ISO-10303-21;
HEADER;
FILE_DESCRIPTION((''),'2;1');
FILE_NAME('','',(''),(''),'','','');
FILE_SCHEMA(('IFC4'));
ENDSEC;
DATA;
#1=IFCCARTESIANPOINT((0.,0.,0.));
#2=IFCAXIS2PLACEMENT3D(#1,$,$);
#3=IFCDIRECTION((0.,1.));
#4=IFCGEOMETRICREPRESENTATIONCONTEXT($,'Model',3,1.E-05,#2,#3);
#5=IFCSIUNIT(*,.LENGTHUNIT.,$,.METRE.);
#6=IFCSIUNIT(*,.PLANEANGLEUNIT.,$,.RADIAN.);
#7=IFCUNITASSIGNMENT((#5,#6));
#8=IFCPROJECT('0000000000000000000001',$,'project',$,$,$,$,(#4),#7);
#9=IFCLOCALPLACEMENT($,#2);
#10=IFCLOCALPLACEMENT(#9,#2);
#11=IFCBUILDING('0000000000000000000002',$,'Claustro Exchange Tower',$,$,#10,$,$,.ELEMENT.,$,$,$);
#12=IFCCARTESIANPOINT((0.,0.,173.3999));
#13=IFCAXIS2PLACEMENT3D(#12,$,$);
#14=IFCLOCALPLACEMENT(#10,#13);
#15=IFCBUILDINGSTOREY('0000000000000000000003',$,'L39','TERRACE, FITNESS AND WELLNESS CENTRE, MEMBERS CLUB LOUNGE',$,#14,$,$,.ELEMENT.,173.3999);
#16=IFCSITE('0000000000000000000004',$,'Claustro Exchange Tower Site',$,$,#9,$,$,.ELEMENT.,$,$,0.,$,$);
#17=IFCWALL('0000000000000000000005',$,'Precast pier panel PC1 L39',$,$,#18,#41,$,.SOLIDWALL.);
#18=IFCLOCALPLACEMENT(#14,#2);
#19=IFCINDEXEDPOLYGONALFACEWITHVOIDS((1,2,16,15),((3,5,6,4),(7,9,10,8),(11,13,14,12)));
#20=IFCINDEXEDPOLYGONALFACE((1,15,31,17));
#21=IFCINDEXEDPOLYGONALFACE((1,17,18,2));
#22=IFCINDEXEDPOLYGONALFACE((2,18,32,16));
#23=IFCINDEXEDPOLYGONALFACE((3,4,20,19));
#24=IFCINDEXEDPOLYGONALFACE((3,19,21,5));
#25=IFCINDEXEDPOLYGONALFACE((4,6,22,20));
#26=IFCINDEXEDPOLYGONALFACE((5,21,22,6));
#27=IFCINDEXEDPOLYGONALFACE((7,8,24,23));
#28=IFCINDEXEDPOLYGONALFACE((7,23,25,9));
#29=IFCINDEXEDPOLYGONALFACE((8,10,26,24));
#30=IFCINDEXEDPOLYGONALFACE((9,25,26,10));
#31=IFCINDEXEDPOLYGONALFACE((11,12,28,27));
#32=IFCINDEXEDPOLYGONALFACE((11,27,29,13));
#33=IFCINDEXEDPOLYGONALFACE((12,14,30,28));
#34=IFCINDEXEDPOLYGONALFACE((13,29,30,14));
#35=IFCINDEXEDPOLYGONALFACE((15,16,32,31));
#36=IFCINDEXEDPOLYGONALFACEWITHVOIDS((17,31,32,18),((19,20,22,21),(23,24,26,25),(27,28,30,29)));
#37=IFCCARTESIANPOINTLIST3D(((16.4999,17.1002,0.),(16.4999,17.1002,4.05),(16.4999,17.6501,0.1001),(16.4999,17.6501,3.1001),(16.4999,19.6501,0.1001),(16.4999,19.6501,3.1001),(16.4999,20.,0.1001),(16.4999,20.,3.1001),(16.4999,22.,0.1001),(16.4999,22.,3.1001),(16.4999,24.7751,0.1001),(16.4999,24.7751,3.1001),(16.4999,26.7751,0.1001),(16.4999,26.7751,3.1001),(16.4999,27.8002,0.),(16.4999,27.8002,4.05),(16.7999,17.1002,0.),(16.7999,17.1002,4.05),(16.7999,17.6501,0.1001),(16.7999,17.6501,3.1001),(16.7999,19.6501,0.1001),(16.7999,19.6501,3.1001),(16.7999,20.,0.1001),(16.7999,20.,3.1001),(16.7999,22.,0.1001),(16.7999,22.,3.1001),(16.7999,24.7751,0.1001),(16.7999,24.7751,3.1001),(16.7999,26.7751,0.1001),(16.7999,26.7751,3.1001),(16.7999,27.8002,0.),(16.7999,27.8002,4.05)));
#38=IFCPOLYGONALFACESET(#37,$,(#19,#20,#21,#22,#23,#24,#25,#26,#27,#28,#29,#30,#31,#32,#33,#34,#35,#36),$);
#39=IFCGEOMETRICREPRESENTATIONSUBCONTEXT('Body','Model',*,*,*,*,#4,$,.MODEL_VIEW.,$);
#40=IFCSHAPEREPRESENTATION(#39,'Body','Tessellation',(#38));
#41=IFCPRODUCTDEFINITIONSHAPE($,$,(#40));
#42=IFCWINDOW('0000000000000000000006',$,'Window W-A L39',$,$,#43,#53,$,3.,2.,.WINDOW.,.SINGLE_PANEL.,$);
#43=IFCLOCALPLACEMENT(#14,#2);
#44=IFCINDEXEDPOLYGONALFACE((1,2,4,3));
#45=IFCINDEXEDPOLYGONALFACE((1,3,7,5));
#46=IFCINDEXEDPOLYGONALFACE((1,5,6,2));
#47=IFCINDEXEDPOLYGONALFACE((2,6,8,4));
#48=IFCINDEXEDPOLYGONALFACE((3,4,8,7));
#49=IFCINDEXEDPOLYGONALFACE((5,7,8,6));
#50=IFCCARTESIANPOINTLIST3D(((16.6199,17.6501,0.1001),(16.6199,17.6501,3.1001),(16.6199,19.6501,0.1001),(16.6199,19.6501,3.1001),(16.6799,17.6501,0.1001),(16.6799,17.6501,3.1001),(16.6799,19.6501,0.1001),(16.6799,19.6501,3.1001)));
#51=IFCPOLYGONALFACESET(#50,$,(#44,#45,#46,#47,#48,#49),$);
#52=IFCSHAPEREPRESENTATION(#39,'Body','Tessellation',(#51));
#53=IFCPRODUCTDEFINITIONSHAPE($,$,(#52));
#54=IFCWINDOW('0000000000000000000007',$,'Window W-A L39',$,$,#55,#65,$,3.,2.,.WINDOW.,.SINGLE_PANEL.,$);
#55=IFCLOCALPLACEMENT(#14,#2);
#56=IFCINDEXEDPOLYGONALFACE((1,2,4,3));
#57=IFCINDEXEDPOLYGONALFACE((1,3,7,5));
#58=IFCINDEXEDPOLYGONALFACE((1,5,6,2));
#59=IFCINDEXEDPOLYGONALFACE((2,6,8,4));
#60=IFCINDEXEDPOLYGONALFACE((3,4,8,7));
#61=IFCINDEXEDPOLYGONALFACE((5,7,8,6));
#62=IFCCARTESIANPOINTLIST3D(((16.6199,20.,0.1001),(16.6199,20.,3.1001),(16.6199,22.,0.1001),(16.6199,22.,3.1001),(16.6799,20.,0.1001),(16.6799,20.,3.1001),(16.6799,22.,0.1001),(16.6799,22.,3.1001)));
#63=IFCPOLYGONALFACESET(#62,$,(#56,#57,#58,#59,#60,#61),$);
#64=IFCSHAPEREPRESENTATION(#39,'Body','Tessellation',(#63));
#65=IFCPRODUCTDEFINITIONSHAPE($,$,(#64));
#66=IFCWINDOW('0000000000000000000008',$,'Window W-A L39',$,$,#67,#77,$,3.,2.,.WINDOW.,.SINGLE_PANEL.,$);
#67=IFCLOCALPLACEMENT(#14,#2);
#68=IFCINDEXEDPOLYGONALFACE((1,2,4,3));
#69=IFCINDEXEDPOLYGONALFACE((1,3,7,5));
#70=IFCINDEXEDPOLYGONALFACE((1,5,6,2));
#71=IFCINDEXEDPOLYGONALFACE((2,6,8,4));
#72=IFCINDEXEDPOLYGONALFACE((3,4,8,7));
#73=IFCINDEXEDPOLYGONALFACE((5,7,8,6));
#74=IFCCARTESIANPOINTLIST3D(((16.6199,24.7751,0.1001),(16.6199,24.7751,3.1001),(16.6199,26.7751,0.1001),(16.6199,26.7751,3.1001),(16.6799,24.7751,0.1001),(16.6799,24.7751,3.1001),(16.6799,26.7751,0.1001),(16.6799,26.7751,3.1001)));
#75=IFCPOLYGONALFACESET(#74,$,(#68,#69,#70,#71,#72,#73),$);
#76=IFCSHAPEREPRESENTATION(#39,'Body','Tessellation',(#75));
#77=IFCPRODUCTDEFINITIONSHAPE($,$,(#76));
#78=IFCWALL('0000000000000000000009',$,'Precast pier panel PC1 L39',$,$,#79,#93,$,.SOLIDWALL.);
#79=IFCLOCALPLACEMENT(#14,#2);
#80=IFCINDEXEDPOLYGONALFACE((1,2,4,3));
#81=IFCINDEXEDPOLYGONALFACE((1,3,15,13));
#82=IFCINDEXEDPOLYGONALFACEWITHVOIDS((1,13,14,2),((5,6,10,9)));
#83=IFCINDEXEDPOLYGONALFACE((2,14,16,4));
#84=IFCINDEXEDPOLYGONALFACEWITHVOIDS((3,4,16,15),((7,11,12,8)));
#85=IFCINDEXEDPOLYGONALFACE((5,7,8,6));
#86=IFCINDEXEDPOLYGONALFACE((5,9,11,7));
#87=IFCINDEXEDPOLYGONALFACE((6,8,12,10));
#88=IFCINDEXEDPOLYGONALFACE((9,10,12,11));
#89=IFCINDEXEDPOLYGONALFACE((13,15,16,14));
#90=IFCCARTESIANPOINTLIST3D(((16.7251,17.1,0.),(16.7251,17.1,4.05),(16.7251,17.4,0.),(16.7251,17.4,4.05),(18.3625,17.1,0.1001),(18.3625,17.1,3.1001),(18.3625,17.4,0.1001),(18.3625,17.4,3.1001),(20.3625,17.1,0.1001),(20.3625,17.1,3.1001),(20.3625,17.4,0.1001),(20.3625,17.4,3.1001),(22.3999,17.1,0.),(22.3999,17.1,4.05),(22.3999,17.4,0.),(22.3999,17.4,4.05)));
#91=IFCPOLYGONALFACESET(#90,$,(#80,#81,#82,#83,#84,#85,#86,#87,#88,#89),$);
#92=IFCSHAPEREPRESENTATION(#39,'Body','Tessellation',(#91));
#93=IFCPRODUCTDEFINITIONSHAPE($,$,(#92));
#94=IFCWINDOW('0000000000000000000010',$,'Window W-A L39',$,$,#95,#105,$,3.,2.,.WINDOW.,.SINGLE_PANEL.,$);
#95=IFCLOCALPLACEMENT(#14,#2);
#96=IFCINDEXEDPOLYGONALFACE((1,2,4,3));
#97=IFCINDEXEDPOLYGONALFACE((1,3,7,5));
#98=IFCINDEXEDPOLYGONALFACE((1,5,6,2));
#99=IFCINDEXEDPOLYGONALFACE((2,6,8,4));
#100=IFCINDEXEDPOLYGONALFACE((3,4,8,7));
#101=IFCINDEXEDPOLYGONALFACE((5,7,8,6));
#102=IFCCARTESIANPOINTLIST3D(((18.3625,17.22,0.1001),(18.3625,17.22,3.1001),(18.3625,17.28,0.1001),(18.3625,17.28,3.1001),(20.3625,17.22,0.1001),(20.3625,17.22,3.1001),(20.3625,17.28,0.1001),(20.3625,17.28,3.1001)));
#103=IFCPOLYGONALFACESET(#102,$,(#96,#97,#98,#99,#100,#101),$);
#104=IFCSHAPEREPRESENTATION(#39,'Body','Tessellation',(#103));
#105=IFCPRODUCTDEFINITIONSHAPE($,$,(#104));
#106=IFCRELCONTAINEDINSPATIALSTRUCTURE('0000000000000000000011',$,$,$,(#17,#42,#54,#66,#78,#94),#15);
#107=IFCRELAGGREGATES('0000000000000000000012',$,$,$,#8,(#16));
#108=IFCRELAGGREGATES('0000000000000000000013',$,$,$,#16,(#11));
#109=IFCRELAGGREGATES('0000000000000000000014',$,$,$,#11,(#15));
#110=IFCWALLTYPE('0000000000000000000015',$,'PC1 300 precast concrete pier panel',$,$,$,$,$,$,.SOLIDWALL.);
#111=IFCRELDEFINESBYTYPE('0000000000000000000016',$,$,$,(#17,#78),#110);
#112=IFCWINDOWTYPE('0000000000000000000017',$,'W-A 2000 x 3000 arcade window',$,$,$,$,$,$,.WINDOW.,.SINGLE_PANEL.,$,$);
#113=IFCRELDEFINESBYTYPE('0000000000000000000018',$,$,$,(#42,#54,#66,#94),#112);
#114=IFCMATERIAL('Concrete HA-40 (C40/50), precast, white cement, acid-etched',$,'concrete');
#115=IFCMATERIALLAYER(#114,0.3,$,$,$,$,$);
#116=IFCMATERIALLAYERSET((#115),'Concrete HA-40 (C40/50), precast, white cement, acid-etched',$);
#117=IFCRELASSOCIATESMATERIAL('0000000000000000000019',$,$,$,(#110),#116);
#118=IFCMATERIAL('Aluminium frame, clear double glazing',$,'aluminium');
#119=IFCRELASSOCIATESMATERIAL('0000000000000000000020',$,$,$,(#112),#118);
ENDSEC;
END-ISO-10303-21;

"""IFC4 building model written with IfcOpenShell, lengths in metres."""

from ifc_helpers import new_model, si_unit, direction, frame, frame_2d, origin, place, context, subcontext, project, spatial, rectangle, extrude, material, layer, layer_set, type_object, element, fill, save


model = new_model("IFC4")

# Units and contexts
model_context = context("Model", 3, precision=1e-05, world=origin(), true_north=direction((0.0, 1.0)))
body_context = subcontext(model_context, "Body", "Model", "MODEL_VIEW")
ifc_project = project(units=[si_unit("LENGTHUNIT", "METRE"), si_unit("PLANEANGLEUNIT", "RADIAN")], contexts=[model_context])

# Site, building, storey
site_placement = place(None, origin())
site = spatial("IfcSite", under=ifc_project, at=site_placement, Name="Claustro Exchange Tower Site", CompositionType="ELEMENT", RefElevation=0.0)
building_placement = place(site_placement, origin())
building = spatial("IfcBuilding", under=site, at=building_placement, Name="Claustro Exchange Tower", CompositionType="ELEMENT")
storey_placement = place(building_placement, frame((0.0, 0.0, 173.3999)))
storey = spatial("IfcBuildingStorey", under=building, at=storey_placement, Name="L39", Description="TERRACE, FITNESS AND WELLNESS CENTRE, MEMBERS CLUB LOUNGE", CompositionType="ELEMENT", Elevation=173.3999)

# Wall, openings, windows
ifc_material_1 = material(Name="Concrete HA-40 (C40/50), precast, white cement, acid-etched", Category="concrete")
ifc_layer_1 = layer(ifc_material_1, 0.3)
ifc_layer_set_1 = layer_set([ifc_layer_1], Name="Concrete HA-40 (C40/50), precast, white cement, acid-etched")
wall_type_1 = type_object("IfcWallType", Name="PC1 300 precast concrete pier panel", PredefinedType="SOLIDWALL", material=ifc_layer_set_1)
wall_1_placement = place(storey_placement, frame((16.6499, 17.1001, 0.0), z_axis=(0.0, 0.0, 1.0), x_axis=(0.0, 1.0, 0.0)))
wall_1 = element("IfcWall", 1, at=wall_1_placement, inside=storey, type_object=wall_type_1, Name="Precast pier panel PC1 L39", PredefinedType="SOLIDWALL", context=body_context, shape_type="SweptSolid", body=[
    extrude(rectangle(XDim=10.7, YDim=0.3, at=frame_2d((5.3501, 0.0))), origin(), (0.0, 0.0, 1.0), 4.05),
])
opening_1_placement = place(wall_1_placement, frame((0.55, 0.0, 0.1001)))
opening_1 = element("IfcOpeningElement", 2, at=opening_1_placement, cuts=wall_1, PredefinedType="OPENING", context=body_context, shape_type="SweptSolid", body=[
    extrude(rectangle(XDim=2.0, YDim=3.0, at=frame_2d((1.0, 1.5))), frame((0.0, 0.1599, 0.0), z_axis=(0.0, -1.0, 0.0), x_axis=(1.0, 0.0, 0.0)), (0.0, 0.0, 1.0), 0.3201),
])
opening_2_placement = place(wall_1_placement, frame((2.8999, 0.0, 0.1001)))
opening_2 = element("IfcOpeningElement", 3, at=opening_2_placement, cuts=wall_1, PredefinedType="OPENING", context=body_context, shape_type="SweptSolid", body=[
    extrude(rectangle(XDim=2.0, YDim=3.0, at=frame_2d((1.0, 1.5))), frame((0.0, 0.1599, 0.0), z_axis=(0.0, -1.0, 0.0), x_axis=(1.0, 0.0, 0.0)), (0.0, 0.0, 1.0), 0.3201),
])
opening_3_placement = place(wall_1_placement, frame((7.675, 0.0, 0.1001)))
opening_3 = element("IfcOpeningElement", 4, at=opening_3_placement, cuts=wall_1, PredefinedType="OPENING", context=body_context, shape_type="SweptSolid", body=[
    extrude(rectangle(XDim=2.0, YDim=3.0, at=frame_2d((1.0, 1.5))), frame((0.0, 0.1599, 0.0), z_axis=(0.0, -1.0, 0.0), x_axis=(1.0, 0.0, 0.0)), (0.0, 0.0, 1.0), 0.3201),
])
ifc_material_2 = material(Name="Aluminium frame, clear double glazing", Category="aluminium")
window_type = type_object("IfcWindowType", Name="W-A 2000 x 3000 arcade window", PartitioningType="SINGLE_PANEL", PredefinedType="WINDOW", material=ifc_material_2)
window_1_placement = place(opening_1_placement, origin())
window_1 = element("IfcWindow", 5, at=window_1_placement, inside=storey, type_object=window_type, Name="Window W-A L39", OverallHeight=3.0, OverallWidth=2.0, PartitioningType="SINGLE_PANEL", PredefinedType="WINDOW", context=body_context, shape_type="SweptSolid", body=[
    extrude(rectangle(XDim=2.0, YDim=3.0, at=frame_2d((1.0, 1.5))), frame((0.0, 0.03, 0.0), z_axis=(0.0, -1.0, 0.0), x_axis=(1.0, 0.0, 0.0)), (0.0, 0.0, 1.0), 0.0601),
])
fill(opening_1, window_1)
window_2_placement = place(opening_2_placement, origin())
window_2 = element("IfcWindow", 6, at=window_2_placement, inside=storey, type_object=window_type, Name="Window W-A L39", OverallHeight=3.0, OverallWidth=2.0, PartitioningType="SINGLE_PANEL", PredefinedType="WINDOW", context=body_context, shape_type="SweptSolid", body=[
    extrude(rectangle(XDim=2.0, YDim=3.0, at=frame_2d((1.0, 1.5))), frame((0.0, 0.03, 0.0), z_axis=(0.0, -1.0, 0.0), x_axis=(1.0, 0.0, 0.0)), (0.0, 0.0, 1.0), 0.0601),
])
fill(opening_2, window_2)
window_3_placement = place(opening_3_placement, origin())
window_3 = element("IfcWindow", 7, at=window_3_placement, inside=storey, type_object=window_type, Name="Window W-A L39", OverallHeight=3.0, OverallWidth=2.0, PartitioningType="SINGLE_PANEL", PredefinedType="WINDOW", context=body_context, shape_type="SweptSolid", body=[
    extrude(rectangle(XDim=2.0, YDim=3.0, at=frame_2d((1.0, 1.5))), frame((0.0, 0.03, 0.0), z_axis=(0.0, -1.0, 0.0), x_axis=(1.0, 0.0, 0.0)), (0.0, 0.0, 1.0), 0.0601),
])
fill(opening_3, window_3)

# Wall, opening, window
wall_2_placement = place(storey_placement, frame((16.7251, 17.25, 0.0), z_axis=(0.0, 0.0, 1.0), x_axis=(1.0, 0.0, 0.0)))
wall_2 = element("IfcWall", 8, at=wall_2_placement, inside=storey, type_object=wall_type_1, Name="Precast pier panel PC1 L39", PredefinedType="SOLIDWALL", context=body_context, shape_type="SweptSolid", body=[
    extrude(rectangle(XDim=5.6748, YDim=0.3, at=frame_2d((2.8374, 0.0))), origin(), (0.0, 0.0, 1.0), 4.05),
])
opening_4_placement = place(wall_2_placement, frame((1.6375, 0.0, 0.1001)))
opening_4 = element("IfcOpeningElement", 9, at=opening_4_placement, cuts=wall_2, PredefinedType="OPENING", context=body_context, shape_type="SweptSolid", body=[
    extrude(rectangle(XDim=2.0, YDim=3.0, at=frame_2d((1.0, 1.5))), frame((0.0, 0.1599, 0.0), z_axis=(0.0, -1.0, 0.0), x_axis=(1.0, 0.0, 0.0)), (0.0, 0.0, 1.0), 0.3201),
])
window_4_placement = place(opening_4_placement, origin())
window_4 = element("IfcWindow", 10, at=window_4_placement, inside=storey, type_object=window_type, Name="Window W-A L39", OverallHeight=3.0, OverallWidth=2.0, PartitioningType="SINGLE_PANEL", PredefinedType="WINDOW", context=body_context, shape_type="SweptSolid", body=[
    extrude(rectangle(XDim=2.0, YDim=3.0, at=frame_2d((1.0, 1.5))), frame((0.0, 0.03, 0.0), z_axis=(0.0, -1.0, 0.0), x_axis=(1.0, 0.0, 0.0)), (0.0, 0.0, 1.0), 0.0601),
])
fill(opening_4, window_4)

save(model, "model.ifc")
